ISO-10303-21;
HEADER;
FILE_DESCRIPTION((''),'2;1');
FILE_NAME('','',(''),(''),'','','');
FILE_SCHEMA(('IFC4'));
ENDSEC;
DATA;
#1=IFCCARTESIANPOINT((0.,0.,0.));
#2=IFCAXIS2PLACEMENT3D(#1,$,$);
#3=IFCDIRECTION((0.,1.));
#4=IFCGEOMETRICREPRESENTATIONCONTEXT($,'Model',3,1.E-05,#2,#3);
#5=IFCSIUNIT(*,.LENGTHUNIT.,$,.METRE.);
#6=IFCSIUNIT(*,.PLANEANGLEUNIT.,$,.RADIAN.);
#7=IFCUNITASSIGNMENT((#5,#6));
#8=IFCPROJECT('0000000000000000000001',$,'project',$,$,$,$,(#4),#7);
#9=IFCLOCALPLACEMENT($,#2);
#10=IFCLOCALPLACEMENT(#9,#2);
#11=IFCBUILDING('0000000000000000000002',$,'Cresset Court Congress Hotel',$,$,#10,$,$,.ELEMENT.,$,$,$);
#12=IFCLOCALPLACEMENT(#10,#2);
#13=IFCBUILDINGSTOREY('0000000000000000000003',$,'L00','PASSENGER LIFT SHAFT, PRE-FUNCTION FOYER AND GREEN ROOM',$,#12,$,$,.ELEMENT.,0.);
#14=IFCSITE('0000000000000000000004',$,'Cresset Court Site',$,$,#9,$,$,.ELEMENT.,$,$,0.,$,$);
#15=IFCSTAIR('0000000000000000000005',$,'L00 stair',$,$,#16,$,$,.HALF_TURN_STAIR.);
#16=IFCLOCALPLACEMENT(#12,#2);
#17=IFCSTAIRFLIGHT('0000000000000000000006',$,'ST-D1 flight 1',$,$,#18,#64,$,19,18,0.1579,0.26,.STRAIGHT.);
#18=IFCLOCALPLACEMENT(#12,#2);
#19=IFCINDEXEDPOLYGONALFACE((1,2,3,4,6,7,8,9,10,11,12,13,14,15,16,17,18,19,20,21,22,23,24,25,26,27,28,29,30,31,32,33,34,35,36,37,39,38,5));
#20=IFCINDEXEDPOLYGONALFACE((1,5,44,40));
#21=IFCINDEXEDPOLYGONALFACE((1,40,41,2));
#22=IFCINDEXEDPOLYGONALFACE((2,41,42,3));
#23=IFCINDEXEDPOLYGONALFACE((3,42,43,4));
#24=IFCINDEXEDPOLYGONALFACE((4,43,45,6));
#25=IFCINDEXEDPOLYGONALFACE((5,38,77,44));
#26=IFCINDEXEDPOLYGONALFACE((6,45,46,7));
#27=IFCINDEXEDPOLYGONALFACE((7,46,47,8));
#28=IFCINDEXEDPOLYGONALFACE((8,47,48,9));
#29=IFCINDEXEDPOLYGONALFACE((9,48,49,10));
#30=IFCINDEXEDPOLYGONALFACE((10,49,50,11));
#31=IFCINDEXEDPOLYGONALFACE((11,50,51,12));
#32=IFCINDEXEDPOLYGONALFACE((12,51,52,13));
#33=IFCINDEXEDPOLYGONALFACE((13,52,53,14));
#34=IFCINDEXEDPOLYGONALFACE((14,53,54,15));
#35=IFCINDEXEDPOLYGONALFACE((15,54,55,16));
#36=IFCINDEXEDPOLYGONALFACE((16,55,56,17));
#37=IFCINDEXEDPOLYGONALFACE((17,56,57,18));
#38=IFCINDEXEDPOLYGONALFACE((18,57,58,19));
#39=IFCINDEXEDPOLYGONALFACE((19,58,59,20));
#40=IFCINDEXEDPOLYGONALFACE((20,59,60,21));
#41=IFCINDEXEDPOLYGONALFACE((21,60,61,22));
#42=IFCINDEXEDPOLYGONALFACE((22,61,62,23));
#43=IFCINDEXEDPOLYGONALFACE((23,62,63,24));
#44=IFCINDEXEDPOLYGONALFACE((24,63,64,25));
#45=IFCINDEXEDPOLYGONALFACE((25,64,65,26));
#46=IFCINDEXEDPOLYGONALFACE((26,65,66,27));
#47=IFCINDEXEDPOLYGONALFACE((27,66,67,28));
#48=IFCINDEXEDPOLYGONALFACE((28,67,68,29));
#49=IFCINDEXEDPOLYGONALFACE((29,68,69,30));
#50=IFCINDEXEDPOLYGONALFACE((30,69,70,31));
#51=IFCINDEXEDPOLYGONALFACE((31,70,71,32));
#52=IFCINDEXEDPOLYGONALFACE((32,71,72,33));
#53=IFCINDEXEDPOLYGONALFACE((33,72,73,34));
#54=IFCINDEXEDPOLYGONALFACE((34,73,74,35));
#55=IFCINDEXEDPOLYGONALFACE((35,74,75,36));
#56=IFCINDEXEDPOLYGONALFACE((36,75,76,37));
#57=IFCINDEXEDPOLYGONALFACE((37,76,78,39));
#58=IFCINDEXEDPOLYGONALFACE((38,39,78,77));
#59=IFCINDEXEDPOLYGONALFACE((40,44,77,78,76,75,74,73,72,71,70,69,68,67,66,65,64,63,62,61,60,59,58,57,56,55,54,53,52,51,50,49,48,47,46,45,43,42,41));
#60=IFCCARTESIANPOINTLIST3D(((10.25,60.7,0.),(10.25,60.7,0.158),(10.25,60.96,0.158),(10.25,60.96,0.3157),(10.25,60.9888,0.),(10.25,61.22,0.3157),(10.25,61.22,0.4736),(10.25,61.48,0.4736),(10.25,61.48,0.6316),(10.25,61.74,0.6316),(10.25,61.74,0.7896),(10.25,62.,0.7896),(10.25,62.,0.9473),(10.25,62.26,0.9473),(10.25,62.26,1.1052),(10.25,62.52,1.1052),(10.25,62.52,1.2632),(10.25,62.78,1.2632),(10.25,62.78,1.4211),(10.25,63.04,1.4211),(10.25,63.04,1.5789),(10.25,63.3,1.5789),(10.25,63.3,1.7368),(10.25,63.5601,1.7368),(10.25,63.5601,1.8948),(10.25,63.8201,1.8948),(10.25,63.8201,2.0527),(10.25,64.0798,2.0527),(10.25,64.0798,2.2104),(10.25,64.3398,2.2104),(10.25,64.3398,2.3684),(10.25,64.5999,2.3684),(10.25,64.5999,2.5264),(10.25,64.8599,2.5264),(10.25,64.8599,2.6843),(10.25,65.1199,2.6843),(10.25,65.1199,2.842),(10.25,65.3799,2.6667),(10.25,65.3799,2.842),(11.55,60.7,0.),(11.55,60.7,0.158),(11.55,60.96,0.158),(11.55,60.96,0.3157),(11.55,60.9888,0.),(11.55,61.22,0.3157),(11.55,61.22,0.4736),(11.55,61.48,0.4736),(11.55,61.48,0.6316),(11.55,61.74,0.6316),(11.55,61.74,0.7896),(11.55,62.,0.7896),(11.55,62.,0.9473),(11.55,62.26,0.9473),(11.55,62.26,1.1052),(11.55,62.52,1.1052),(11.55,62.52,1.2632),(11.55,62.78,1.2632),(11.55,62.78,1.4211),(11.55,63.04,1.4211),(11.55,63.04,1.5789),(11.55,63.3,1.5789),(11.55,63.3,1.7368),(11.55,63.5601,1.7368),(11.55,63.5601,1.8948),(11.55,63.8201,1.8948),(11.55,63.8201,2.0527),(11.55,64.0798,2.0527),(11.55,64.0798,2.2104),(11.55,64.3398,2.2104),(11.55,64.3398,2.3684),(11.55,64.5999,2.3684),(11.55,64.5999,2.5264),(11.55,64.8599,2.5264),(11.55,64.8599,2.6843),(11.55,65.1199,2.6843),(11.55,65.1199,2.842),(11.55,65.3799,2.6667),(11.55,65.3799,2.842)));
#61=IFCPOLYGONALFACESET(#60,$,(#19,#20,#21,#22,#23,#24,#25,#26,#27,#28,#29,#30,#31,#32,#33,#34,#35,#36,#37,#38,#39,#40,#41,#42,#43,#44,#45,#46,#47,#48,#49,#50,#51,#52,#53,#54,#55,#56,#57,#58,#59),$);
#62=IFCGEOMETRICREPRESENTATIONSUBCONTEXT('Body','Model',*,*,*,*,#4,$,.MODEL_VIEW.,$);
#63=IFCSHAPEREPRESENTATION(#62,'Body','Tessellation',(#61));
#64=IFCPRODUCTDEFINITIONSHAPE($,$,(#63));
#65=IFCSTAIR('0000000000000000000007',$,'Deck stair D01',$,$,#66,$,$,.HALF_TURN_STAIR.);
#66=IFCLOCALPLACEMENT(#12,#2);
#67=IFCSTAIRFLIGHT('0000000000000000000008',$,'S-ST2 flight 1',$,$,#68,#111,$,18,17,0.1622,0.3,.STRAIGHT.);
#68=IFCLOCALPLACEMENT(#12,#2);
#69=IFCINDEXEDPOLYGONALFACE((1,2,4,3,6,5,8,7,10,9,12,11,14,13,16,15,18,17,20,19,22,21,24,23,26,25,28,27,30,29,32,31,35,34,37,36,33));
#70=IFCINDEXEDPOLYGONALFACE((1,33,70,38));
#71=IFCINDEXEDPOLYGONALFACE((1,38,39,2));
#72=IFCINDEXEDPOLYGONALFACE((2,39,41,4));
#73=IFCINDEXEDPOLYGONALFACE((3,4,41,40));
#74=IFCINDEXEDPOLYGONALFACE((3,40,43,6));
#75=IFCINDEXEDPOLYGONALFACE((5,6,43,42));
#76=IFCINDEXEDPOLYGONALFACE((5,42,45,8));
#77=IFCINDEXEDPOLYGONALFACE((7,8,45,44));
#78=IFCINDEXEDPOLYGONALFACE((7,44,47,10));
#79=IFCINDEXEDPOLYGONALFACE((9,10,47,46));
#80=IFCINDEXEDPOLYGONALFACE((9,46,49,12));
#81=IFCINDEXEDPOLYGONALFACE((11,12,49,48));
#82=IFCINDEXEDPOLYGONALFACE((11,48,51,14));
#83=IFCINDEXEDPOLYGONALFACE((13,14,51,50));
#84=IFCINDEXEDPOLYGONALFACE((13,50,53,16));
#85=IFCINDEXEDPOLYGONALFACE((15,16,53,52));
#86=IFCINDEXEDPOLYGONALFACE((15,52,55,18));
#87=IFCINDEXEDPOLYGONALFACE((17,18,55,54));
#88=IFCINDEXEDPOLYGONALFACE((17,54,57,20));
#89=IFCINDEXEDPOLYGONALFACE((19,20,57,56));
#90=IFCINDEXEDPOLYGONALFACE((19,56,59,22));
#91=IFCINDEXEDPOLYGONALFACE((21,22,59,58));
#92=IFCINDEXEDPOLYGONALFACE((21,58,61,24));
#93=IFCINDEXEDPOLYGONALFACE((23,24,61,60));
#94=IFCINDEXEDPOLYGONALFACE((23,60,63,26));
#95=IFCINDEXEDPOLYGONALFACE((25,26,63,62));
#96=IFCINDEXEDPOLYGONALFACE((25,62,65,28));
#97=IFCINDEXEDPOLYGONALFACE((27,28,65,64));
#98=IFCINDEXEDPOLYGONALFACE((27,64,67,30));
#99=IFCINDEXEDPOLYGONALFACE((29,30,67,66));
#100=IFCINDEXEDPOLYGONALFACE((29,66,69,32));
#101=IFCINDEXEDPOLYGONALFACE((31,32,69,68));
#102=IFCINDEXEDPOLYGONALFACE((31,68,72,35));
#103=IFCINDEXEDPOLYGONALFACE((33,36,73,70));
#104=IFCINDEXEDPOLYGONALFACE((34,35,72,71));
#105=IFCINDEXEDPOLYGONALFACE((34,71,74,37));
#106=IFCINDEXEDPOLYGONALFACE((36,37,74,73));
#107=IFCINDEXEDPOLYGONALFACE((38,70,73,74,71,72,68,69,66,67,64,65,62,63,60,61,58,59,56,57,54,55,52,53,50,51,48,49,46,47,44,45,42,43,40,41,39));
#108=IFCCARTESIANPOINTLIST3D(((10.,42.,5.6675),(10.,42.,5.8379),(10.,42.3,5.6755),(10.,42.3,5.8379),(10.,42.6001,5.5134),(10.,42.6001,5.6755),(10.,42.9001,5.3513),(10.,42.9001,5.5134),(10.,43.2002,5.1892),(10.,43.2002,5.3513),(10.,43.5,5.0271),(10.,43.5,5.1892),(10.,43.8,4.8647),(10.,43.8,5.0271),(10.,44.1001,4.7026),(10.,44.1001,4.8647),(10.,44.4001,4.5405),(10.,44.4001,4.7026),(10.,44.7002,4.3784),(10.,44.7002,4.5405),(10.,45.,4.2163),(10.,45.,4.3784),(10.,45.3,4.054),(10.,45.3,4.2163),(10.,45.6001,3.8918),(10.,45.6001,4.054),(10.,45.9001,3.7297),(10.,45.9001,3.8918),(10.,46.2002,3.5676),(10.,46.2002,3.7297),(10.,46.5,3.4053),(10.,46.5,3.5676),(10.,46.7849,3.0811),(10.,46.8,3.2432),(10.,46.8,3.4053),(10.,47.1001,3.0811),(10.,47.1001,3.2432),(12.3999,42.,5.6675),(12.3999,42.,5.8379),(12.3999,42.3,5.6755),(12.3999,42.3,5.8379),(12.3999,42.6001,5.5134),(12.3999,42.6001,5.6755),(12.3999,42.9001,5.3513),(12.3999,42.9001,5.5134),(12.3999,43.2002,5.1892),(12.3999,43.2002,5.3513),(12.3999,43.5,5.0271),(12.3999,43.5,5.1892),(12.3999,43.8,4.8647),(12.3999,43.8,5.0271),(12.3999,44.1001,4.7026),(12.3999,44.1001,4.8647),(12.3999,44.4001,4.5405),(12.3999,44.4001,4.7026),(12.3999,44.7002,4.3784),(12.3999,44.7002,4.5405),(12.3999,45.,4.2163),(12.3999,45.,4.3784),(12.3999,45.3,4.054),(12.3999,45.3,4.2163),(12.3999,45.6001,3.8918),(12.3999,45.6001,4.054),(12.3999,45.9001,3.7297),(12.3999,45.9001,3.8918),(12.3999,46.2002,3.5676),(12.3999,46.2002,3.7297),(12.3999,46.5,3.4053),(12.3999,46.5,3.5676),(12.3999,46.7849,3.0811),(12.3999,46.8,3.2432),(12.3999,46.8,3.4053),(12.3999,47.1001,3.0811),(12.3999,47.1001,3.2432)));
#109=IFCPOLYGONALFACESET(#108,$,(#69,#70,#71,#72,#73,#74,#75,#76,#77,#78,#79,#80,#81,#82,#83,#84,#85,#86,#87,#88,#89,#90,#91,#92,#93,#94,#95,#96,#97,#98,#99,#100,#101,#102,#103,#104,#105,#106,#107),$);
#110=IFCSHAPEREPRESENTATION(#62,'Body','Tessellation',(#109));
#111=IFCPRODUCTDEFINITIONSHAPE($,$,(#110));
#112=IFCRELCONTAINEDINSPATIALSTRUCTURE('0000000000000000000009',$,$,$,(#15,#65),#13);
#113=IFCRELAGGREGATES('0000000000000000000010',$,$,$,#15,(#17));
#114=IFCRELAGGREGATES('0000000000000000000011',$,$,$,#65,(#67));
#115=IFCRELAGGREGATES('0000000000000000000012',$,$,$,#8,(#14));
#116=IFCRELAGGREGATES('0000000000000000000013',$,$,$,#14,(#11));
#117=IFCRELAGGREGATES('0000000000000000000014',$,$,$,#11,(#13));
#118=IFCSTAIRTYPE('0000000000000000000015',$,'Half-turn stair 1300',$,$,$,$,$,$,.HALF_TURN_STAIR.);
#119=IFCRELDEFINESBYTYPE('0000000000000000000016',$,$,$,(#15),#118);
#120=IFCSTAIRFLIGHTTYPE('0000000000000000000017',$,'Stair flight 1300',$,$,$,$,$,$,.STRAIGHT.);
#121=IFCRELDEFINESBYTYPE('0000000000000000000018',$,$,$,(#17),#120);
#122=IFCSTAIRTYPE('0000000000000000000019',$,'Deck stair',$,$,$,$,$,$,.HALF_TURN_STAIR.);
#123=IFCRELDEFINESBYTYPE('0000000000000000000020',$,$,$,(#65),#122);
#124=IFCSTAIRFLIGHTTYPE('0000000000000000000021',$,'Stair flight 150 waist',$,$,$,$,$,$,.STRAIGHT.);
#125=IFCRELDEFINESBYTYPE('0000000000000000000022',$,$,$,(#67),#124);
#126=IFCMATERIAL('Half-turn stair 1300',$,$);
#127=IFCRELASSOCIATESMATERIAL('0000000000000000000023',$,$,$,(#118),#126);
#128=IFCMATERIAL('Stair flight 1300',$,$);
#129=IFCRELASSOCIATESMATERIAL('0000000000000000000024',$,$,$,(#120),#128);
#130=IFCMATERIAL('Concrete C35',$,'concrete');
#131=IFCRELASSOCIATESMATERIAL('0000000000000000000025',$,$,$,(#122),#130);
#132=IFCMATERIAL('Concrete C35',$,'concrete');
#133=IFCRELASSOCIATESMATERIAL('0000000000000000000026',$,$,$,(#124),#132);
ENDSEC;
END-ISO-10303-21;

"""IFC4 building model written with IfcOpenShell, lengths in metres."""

from ifc_helpers import new_model, si_unit, direction, frame, origin, place, context, subcontext, project, spatial, polyline, outline, extrude, material, type_object, element, aggregate, save


model = new_model("IFC4")

# Units and contexts
model_context = context("Model", 3, precision=1e-05, world=origin(), true_north=direction((0.0, 1.0)))
body_context = subcontext(model_context, "Body", "Model", "MODEL_VIEW")
ifc_project = project(units=[si_unit("LENGTHUNIT", "METRE"), si_unit("PLANEANGLEUNIT", "RADIAN")], contexts=[model_context])

# Site, building, storey
site_placement = place(None, origin())
site = spatial("IfcSite", under=ifc_project, at=site_placement, Name="Cresset Court Site", CompositionType="ELEMENT", RefElevation=0.0)
building_placement = place(site_placement, origin())
building = spatial("IfcBuilding", under=site, at=building_placement, Name="Cresset Court Congress Hotel", CompositionType="ELEMENT")
storey_placement = place(building_placement, origin())
storey = spatial("IfcBuildingStorey", under=building, at=storey_placement, Name="L00", Description="PASSENGER LIFT SHAFT, PRE-FUNCTION FOYER AND GREEN ROOM", CompositionType="ELEMENT", Elevation=0.0)

# Stairs, stair flights
ifc_material_1 = material(Name="Half-turn stair 1300")
stair_type_1 = type_object("IfcStairType", Name="Half-turn stair 1300", PredefinedType="HALF_TURN_STAIR", material=ifc_material_1)
stair_1_placement = place(storey_placement, origin())
stair_1 = element("IfcStair", 1, at=stair_1_placement, inside=storey, type_object=stair_type_1, Name="L00 stair", PredefinedType="HALF_TURN_STAIR")
ifc_material_2 = material(Name="Stair flight 1300")
stair_flight_type_1 = type_object("IfcStairFlightType", Name="Stair flight 1300", PredefinedType="STRAIGHT", material=ifc_material_2)
stair_flight_1_placement = place(storey_placement, frame((10.8999, 60.7, 0.0), z_axis=(0.0, 0.0, 1.0), x_axis=(0.0, 1.0, 0.0)))
stair_flight_1 = element("IfcStairFlight", 2, at=stair_flight_1_placement, type_object=stair_flight_type_1, Name="ST-D1 flight 1", NumberOfRisers=19, NumberOfTreads=18, PredefinedType="STRAIGHT", RiserHeight=0.1579, TreadLength=0.26, context=body_context, shape_type="SweptSolid", body=[
    extrude(outline(polyline([(0.0, 0.0), (0.0, 0.158), (0.26, 0.158), (0.26, 0.3157), (0.52, 0.3157), (0.52, 0.4736), (0.78, 0.4736), (0.78, 0.6316), (1.04, 0.6316), (1.04, 0.7896), (1.3, 0.7896), (1.3, 0.9473), (1.5601, 0.9473), (1.5601, 1.1052), (1.8201, 1.1052), (1.8201, 1.2632), (2.0801, 1.2632), (2.0801, 1.4211), (2.3401, 1.4211), (2.3401, 1.5789), (2.6001, 1.5789), (2.6001, 1.7368), (2.8601, 1.7368), (2.8601, 1.8948), (3.1201, 1.8948), (3.1201, 2.0527), (3.3799, 2.0527), (3.3799, 2.2104), (3.6399, 2.2104), (3.6399, 2.3684), (3.8999, 2.3684), (3.8999, 2.5264), (4.1599, 2.5264), (4.1599, 2.6843), (4.4199, 2.6843), (4.4199, 2.842), (4.6799, 2.842), (4.6799, 3.0), (4.6799, 2.6667), (0.2888, 0.0), (0.0, 0.0)])), frame((0.0, 0.6499, 0.0), z_axis=(0.0, -1.0, 0.0), x_axis=(1.0, 0.0, 0.0)), (0.0, 0.0, 1.0), 1.3),
])
aggregate(stair_1, [stair_flight_1])
ifc_material_3 = material(Name="Concrete C35", Category="concrete")
stair_type_2 = type_object("IfcStairType", Name="Deck stair", PredefinedType="HALF_TURN_STAIR", material=ifc_material_3)
stair_2_placement = place(storey_placement, origin())
stair_2 = element("IfcStair", 3, at=stair_2_placement, inside=storey, type_object=stair_type_2, Name="Deck stair D01", PredefinedType="HALF_TURN_STAIR")
ifc_material_4 = material(Name="Concrete C35", Category="concrete")
stair_flight_type_2 = type_object("IfcStairFlightType", Name="Stair flight 150 waist", PredefinedType="STRAIGHT", material=ifc_material_4)
stair_flight_2_placement = place(storey_placement, frame((11.2, 47.1001, 3.0811), z_axis=(0.0, 0.0, 1.0), x_axis=(0.0, -1.0, 0.0)))
stair_flight_2 = element("IfcStairFlight", 4, at=stair_flight_2_placement, type_object=stair_flight_type_2, Name="S-ST2 flight 1", NumberOfRisers=18, NumberOfTreads=17, PredefinedType="STRAIGHT", RiserHeight=0.1622, TreadLength=0.3, context=body_context, shape_type="SweptSolid", body=[
    extrude(outline(polyline([(0.0, 0.0), (0.0, 0.1621), (0.3, 0.1621), (0.3, 0.3242), (0.6001, 0.3242), (0.6001, 0.4866), (0.8999, 0.4866), (0.8999, 0.6487), (1.2, 0.6487), (1.2, 0.8108), (1.5, 0.8108), (1.5, 0.9729), (1.8, 0.9729), (1.8, 1.1353), (2.1001, 1.1353), (2.1001, 1.2974), (2.3999, 1.2974), (2.3999, 1.4595), (2.7, 1.4595), (2.7, 1.6216), (3.0, 1.6216), (3.0, 1.7837), (3.3, 1.7837), (3.3, 1.946), (3.6001, 1.946), (3.6001, 2.1082), (3.8999, 2.1082), (3.8999, 2.2703), (4.2, 2.2703), (4.2, 2.4324), (4.5, 2.4324), (4.5, 2.5945), (4.8, 2.5945), (4.8, 2.7568), (5.1001, 2.7568), (5.1001, 2.9189), (5.1001, 2.5864), (0.3152, 0.0), (0.0, 0.0)])), frame((0.0, 1.2, 0.0), z_axis=(0.0, -1.0, 0.0), x_axis=(1.0, 0.0, 0.0)), (0.0, 0.0, 1.0), 2.3999),
])
aggregate(stair_2, [stair_flight_2])

save(model, "model.ifc")
